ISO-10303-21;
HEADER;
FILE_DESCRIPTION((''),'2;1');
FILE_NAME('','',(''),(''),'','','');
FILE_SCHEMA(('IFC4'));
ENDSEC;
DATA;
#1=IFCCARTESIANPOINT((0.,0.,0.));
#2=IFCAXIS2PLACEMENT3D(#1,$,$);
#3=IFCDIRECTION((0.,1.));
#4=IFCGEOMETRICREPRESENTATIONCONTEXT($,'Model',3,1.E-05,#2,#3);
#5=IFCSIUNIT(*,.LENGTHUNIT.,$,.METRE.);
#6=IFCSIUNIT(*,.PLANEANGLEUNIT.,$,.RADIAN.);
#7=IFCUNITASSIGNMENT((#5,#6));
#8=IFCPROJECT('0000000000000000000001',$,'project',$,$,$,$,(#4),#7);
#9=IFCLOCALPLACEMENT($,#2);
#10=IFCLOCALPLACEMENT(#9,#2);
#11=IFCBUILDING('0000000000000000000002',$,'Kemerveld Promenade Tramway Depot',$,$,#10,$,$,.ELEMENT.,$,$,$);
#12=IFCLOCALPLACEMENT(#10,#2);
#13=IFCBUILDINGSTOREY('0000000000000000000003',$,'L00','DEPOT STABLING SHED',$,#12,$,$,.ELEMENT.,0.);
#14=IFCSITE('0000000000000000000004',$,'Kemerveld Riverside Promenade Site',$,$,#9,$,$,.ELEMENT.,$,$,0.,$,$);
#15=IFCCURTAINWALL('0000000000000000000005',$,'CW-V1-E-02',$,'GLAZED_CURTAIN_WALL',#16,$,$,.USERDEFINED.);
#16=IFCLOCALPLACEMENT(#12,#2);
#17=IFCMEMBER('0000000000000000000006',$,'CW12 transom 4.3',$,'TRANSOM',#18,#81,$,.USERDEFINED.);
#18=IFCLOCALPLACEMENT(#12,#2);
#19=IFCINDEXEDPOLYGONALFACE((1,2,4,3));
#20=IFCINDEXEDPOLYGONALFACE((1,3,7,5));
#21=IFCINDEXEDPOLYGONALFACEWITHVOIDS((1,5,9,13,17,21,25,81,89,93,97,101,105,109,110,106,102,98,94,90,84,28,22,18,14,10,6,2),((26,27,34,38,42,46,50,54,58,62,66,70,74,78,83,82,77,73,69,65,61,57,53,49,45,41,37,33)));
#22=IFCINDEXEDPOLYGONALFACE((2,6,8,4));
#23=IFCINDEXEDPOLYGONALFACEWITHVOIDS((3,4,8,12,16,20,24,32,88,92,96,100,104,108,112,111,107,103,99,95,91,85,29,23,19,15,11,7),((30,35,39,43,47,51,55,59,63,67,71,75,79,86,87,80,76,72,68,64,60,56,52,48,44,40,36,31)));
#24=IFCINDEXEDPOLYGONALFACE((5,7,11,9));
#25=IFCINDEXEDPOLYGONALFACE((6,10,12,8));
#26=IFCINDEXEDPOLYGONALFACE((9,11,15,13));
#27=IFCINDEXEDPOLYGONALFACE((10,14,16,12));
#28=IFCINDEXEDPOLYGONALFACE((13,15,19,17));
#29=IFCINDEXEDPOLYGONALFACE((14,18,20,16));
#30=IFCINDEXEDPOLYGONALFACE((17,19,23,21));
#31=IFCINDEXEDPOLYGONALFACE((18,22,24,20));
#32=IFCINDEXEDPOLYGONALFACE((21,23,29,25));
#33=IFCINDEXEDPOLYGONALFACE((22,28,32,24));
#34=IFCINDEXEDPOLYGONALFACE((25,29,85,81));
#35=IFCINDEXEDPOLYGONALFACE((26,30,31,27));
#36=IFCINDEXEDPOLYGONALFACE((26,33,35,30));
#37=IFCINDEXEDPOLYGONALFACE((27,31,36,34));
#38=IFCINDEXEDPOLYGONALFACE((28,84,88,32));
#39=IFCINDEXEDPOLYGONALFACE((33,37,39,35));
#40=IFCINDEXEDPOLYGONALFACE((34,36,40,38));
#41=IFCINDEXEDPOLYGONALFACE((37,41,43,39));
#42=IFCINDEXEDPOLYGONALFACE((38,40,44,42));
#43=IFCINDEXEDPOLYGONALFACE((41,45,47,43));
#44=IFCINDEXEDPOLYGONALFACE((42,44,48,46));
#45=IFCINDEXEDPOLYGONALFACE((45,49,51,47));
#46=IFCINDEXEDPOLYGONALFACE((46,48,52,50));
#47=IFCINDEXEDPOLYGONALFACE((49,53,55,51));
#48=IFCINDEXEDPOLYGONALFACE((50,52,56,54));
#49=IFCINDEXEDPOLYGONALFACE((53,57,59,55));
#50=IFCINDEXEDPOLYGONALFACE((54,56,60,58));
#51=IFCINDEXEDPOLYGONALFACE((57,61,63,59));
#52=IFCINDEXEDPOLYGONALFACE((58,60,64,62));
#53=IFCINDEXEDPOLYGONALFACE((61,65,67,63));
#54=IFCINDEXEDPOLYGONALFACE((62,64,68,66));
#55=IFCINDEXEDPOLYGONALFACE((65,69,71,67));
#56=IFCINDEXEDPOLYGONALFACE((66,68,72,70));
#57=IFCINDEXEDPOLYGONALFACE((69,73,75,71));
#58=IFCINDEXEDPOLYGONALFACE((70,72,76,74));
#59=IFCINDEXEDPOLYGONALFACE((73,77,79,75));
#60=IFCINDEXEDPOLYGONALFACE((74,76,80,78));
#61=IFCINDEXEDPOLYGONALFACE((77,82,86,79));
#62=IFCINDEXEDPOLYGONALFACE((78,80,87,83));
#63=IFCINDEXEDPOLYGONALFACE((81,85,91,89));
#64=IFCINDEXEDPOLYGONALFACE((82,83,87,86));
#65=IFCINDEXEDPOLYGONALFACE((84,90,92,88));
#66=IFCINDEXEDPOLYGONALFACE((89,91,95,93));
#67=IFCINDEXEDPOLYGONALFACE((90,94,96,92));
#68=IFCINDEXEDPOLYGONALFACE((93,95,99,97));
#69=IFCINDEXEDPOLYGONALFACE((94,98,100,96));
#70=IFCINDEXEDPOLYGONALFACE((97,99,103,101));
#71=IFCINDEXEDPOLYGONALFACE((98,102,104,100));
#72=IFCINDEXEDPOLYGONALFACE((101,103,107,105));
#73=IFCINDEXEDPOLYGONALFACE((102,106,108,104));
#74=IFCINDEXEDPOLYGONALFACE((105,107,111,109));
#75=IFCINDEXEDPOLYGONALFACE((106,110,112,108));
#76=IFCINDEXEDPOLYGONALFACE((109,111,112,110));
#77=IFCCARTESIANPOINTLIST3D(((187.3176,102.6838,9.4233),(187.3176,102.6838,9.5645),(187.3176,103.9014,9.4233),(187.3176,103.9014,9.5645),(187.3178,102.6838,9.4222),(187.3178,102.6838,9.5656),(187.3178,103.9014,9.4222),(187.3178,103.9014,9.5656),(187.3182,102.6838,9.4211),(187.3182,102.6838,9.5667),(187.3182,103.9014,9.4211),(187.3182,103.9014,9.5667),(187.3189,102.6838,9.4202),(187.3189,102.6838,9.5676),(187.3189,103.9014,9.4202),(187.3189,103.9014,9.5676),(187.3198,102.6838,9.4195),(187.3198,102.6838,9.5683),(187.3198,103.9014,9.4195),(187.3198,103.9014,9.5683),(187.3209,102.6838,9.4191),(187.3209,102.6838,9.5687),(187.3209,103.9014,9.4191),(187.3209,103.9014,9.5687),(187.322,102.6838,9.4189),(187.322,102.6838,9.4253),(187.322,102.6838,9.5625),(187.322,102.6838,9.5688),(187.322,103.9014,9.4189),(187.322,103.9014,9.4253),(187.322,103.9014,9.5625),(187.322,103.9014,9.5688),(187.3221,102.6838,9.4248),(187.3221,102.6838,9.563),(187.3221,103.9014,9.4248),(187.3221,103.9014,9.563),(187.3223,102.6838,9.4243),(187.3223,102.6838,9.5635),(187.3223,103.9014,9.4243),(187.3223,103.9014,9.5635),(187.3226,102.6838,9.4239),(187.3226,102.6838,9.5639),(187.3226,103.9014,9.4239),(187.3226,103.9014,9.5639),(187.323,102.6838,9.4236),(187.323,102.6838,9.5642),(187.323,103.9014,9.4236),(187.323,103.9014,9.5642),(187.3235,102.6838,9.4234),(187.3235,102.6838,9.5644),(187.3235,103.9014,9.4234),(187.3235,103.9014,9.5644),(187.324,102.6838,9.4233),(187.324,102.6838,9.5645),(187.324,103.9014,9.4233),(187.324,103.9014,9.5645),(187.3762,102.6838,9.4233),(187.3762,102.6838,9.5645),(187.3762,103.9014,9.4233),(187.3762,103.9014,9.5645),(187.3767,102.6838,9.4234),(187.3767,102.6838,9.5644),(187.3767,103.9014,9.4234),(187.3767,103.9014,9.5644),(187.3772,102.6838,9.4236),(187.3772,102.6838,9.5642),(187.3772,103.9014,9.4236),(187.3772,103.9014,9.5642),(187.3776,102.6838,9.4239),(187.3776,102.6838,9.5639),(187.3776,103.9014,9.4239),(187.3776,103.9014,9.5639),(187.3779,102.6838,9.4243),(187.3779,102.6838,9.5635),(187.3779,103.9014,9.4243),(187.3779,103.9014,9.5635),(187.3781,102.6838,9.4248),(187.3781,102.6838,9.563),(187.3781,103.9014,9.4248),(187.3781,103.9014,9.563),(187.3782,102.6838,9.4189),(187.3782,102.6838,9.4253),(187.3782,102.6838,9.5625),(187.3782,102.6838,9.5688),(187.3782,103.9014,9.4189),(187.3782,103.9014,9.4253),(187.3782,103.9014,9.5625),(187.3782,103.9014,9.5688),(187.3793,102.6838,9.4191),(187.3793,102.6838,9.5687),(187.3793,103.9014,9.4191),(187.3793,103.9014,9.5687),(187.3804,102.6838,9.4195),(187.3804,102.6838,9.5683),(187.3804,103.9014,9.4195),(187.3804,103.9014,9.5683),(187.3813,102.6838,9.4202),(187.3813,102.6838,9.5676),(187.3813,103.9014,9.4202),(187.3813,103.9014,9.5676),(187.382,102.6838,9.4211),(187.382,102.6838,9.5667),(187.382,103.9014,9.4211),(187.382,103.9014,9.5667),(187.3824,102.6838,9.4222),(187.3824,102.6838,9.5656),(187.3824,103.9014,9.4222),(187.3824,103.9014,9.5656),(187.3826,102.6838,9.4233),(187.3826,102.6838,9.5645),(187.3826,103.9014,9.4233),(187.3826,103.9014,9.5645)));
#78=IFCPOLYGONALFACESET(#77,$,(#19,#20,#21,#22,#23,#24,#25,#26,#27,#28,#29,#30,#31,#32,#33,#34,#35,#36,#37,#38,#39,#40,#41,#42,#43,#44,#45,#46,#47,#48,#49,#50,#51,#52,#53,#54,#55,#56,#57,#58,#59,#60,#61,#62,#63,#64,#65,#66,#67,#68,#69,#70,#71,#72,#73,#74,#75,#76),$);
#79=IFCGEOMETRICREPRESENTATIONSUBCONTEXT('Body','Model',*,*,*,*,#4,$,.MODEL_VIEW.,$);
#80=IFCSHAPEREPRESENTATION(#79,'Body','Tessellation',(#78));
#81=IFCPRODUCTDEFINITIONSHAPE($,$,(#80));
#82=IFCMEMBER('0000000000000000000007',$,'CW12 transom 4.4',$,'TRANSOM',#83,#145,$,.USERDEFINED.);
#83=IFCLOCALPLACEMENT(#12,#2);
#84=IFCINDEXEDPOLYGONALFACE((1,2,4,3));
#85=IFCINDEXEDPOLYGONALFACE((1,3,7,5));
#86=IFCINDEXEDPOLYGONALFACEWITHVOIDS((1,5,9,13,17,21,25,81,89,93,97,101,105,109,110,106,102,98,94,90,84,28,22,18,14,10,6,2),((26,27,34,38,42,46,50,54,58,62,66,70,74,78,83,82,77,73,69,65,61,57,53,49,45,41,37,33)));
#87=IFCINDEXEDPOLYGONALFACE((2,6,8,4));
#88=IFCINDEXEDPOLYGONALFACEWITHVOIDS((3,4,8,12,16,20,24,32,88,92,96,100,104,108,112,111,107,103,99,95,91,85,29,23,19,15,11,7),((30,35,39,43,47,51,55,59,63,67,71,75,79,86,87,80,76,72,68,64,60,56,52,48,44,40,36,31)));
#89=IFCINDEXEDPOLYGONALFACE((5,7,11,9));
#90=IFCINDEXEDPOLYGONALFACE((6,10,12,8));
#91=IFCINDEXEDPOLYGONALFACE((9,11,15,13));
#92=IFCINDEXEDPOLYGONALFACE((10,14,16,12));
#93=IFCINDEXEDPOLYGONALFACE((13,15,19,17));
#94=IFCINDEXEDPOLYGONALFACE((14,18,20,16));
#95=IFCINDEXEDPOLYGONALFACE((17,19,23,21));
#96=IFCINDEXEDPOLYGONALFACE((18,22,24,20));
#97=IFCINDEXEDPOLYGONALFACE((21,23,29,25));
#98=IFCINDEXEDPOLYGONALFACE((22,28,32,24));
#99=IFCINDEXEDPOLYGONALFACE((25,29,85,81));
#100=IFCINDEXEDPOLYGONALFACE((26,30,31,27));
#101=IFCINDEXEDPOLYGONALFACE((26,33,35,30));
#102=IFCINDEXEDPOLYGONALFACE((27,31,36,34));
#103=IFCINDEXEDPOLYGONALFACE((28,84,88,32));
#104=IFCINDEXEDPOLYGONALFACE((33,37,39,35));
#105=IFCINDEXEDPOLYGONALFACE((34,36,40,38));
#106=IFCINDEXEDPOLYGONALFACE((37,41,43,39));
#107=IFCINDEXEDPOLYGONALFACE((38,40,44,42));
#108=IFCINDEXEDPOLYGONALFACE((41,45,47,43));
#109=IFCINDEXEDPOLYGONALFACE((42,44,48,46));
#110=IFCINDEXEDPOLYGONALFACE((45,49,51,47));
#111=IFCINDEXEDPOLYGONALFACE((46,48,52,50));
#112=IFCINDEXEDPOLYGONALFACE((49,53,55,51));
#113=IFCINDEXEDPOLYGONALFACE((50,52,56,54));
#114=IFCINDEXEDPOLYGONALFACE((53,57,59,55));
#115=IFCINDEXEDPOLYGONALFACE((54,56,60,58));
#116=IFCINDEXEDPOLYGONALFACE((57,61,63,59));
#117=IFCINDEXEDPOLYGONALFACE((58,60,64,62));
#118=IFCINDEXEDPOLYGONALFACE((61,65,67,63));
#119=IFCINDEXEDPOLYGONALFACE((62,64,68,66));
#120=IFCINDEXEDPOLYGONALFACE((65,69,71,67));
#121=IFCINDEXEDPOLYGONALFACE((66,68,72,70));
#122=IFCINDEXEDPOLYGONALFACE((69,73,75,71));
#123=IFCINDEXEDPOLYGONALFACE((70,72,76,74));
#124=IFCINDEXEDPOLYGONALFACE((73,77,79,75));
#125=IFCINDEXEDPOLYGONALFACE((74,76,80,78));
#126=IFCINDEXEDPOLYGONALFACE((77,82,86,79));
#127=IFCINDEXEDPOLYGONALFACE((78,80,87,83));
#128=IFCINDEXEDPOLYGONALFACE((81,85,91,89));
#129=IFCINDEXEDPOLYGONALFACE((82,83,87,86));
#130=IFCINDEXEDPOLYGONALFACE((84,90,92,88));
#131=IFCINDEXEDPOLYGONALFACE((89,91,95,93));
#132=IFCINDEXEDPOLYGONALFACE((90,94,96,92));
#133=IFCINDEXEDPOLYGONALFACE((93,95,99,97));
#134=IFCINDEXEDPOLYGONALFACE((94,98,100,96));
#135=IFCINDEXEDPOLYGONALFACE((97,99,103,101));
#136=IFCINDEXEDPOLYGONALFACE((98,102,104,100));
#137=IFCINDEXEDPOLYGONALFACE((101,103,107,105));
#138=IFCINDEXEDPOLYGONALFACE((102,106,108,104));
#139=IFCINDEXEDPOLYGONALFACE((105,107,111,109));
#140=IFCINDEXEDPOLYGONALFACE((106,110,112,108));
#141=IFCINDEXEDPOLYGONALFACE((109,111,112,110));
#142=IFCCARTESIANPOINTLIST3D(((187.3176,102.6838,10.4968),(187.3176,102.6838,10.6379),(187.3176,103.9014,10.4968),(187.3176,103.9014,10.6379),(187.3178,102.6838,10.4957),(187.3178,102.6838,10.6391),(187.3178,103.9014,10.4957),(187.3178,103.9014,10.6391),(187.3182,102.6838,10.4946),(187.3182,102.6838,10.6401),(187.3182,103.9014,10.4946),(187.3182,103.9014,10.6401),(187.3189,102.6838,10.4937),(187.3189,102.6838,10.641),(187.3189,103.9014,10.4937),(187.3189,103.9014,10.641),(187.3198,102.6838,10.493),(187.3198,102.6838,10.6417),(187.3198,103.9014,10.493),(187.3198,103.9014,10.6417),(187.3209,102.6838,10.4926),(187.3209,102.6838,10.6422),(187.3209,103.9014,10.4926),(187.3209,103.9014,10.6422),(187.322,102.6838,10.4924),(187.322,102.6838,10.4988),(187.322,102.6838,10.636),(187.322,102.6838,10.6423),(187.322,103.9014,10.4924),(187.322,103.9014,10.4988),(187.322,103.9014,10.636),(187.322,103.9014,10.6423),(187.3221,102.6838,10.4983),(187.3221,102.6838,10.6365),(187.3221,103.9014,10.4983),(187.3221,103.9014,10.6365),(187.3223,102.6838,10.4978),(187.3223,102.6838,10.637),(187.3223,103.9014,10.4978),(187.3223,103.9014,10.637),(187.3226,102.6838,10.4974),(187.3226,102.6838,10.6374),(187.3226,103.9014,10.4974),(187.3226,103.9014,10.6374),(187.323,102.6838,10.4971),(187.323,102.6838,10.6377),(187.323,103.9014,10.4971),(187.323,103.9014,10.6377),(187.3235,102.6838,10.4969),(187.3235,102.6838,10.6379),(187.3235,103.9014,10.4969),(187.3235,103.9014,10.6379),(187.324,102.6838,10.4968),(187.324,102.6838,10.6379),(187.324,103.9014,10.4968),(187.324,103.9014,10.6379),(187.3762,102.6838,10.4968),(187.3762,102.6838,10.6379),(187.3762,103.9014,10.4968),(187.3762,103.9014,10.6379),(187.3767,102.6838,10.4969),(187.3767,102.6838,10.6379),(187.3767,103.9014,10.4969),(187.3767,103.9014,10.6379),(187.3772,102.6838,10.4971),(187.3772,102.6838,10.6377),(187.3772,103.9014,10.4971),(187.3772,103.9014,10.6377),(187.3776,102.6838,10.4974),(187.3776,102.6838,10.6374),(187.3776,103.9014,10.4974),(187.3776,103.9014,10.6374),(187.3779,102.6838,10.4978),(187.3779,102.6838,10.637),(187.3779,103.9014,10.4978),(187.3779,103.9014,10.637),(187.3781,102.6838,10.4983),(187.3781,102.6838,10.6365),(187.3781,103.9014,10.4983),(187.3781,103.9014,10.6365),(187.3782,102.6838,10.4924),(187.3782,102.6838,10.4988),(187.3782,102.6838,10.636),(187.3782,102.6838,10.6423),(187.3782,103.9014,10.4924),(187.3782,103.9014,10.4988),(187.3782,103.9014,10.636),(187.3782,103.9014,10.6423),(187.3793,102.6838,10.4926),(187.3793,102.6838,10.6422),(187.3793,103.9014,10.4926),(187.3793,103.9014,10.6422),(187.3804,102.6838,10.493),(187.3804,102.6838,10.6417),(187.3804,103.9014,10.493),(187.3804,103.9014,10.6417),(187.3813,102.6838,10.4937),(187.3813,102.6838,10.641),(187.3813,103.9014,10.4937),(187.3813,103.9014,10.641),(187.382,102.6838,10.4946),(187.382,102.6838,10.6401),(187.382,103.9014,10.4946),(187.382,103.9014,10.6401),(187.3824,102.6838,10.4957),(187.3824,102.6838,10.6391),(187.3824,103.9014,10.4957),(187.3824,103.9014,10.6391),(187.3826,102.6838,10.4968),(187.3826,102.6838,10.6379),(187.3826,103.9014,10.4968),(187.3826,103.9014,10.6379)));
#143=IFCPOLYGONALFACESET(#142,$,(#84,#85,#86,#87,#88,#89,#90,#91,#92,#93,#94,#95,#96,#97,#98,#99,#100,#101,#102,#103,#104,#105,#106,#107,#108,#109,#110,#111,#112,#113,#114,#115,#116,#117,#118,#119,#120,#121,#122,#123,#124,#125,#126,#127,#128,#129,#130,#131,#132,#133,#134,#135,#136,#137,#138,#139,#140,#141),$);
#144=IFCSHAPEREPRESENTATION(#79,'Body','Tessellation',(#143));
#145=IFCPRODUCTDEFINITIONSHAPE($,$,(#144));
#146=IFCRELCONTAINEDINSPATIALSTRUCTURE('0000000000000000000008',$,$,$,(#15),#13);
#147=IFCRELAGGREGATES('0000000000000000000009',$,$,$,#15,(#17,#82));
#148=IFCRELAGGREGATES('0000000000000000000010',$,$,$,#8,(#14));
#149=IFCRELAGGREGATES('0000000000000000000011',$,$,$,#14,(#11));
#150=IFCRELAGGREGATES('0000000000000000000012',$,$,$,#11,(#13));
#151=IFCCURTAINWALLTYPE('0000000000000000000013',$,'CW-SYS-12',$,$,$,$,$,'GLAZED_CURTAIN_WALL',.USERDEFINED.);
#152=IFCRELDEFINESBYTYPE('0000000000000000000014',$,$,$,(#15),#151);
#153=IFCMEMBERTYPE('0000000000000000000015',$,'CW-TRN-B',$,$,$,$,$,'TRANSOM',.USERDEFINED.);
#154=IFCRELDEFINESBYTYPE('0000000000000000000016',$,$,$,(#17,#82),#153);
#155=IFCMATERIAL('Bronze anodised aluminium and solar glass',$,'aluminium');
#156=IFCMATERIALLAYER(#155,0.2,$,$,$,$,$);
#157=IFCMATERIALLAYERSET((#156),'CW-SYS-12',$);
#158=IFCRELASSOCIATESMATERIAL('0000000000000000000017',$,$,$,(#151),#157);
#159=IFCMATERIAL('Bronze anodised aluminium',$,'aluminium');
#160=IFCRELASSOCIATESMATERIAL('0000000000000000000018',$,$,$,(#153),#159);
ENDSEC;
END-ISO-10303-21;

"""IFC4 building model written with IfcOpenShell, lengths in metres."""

from ifc_helpers import new_model, si_unit, direction, frame, origin, origin_2d, place, context, subcontext, project, spatial, hollow_rectangle, extrude, material, layer, layer_set, material_profile, profile_set, type_object, element, aggregate, save


model = new_model("IFC4")

# Units and contexts
model_context = context("Model", 3, precision=1e-05, world=origin(), true_north=direction((0.0, 1.0)))
body_context = subcontext(model_context, "Body", "Model", "MODEL_VIEW")
ifc_project = project(units=[si_unit("LENGTHUNIT", "METRE"), si_unit("PLANEANGLEUNIT", "RADIAN")], contexts=[model_context])

# Site, building, storey
site_placement = place(None, origin())
site = spatial("IfcSite", under=ifc_project, at=site_placement, Name="Kemerveld Riverside Promenade Site", CompositionType="ELEMENT", RefElevation=0.0)
building_placement = place(site_placement, origin())
building = spatial("IfcBuilding", under=site, at=building_placement, Name="Kemerveld Promenade Tramway Depot", CompositionType="ELEMENT")
storey_placement = place(building_placement, origin())
storey = spatial("IfcBuildingStorey", under=building, at=storey_placement, Name="L00", Description="DEPOT STABLING SHED", CompositionType="ELEMENT", Elevation=0.0)

# Curtain wall, members
ifc_material_1 = material(Name="Bronze anodised aluminium and solar glass", Category="aluminium")
ifc_layer_1 = layer(ifc_material_1, 0.2)
ifc_layer_set_1 = layer_set([ifc_layer_1], Name="CW-SYS-12")
curtain_wall_type = type_object("IfcCurtainWallType", Name="CW-SYS-12", ElementType="GLAZED_CURTAIN_WALL", PredefinedType="USERDEFINED", material=ifc_layer_set_1)
curtain_wall_placement = place(storey_placement, origin())
curtain_wall = element("IfcCurtainWall", 1, at=curtain_wall_placement, inside=storey, type_object=curtain_wall_type, Name="CW-V1-E-02", ObjectType="GLAZED_CURTAIN_WALL", PredefinedType="USERDEFINED")
ifc_material_2 = material(Name="Bronze anodised aluminium", Category="aluminium")
ifc_material_profile_1 = material_profile(ifc_material_2, hollow_rectangle(XDim=0.0649, YDim=0.1499, WallThickness=0.0044, InnerFilletRadius=0.002, OuterFilletRadius=0.0044, at=origin_2d()), Name="CW-TRN-150x65")
ifc_profile_set_1 = profile_set([ifc_material_profile_1], Name="Bronze anodised aluminium")
member_type_1 = type_object("IfcMemberType", Name="CW-TRN-B", ElementType="TRANSOM", PredefinedType="USERDEFINED", material=ifc_profile_set_1)
member_1_placement = place(storey_placement, frame((187.3501, 103.9014, 9.4939), z_axis=(0.0, -1.0, 0.0), x_axis=(1.0, 0.0, 0.0)))
member_1 = element("IfcMember", 2, at=member_1_placement, type_object=member_type_1, Name="CW12 transom 4.3", ObjectType="TRANSOM", PredefinedType="USERDEFINED", context=body_context, shape_type="SweptSolid", body=[
    extrude(hollow_rectangle(XDim=0.0649, YDim=0.1499, WallThickness=0.0044, InnerFilletRadius=0.002, OuterFilletRadius=0.0044, at=origin_2d()), origin(), (0.0, 0.0, 1.0), 1.2175),
])
member_2_placement = place(storey_placement, frame((187.3501, 103.9014, 10.5674), z_axis=(0.0, -1.0, 0.0), x_axis=(1.0, 0.0, 0.0)))
member_2 = element("IfcMember", 3, at=member_2_placement, type_object=member_type_1, Name="CW12 transom 4.4", ObjectType="TRANSOM", PredefinedType="USERDEFINED", context=body_context, shape_type="SweptSolid", body=[
    extrude(hollow_rectangle(XDim=0.0649, YDim=0.1499, WallThickness=0.0044, InnerFilletRadius=0.002, OuterFilletRadius=0.0044, at=origin_2d()), origin(), (0.0, 0.0, 1.0), 1.2175),
])

aggregate(curtain_wall, [member_1, member_2])

save(model, "model.ifc")
